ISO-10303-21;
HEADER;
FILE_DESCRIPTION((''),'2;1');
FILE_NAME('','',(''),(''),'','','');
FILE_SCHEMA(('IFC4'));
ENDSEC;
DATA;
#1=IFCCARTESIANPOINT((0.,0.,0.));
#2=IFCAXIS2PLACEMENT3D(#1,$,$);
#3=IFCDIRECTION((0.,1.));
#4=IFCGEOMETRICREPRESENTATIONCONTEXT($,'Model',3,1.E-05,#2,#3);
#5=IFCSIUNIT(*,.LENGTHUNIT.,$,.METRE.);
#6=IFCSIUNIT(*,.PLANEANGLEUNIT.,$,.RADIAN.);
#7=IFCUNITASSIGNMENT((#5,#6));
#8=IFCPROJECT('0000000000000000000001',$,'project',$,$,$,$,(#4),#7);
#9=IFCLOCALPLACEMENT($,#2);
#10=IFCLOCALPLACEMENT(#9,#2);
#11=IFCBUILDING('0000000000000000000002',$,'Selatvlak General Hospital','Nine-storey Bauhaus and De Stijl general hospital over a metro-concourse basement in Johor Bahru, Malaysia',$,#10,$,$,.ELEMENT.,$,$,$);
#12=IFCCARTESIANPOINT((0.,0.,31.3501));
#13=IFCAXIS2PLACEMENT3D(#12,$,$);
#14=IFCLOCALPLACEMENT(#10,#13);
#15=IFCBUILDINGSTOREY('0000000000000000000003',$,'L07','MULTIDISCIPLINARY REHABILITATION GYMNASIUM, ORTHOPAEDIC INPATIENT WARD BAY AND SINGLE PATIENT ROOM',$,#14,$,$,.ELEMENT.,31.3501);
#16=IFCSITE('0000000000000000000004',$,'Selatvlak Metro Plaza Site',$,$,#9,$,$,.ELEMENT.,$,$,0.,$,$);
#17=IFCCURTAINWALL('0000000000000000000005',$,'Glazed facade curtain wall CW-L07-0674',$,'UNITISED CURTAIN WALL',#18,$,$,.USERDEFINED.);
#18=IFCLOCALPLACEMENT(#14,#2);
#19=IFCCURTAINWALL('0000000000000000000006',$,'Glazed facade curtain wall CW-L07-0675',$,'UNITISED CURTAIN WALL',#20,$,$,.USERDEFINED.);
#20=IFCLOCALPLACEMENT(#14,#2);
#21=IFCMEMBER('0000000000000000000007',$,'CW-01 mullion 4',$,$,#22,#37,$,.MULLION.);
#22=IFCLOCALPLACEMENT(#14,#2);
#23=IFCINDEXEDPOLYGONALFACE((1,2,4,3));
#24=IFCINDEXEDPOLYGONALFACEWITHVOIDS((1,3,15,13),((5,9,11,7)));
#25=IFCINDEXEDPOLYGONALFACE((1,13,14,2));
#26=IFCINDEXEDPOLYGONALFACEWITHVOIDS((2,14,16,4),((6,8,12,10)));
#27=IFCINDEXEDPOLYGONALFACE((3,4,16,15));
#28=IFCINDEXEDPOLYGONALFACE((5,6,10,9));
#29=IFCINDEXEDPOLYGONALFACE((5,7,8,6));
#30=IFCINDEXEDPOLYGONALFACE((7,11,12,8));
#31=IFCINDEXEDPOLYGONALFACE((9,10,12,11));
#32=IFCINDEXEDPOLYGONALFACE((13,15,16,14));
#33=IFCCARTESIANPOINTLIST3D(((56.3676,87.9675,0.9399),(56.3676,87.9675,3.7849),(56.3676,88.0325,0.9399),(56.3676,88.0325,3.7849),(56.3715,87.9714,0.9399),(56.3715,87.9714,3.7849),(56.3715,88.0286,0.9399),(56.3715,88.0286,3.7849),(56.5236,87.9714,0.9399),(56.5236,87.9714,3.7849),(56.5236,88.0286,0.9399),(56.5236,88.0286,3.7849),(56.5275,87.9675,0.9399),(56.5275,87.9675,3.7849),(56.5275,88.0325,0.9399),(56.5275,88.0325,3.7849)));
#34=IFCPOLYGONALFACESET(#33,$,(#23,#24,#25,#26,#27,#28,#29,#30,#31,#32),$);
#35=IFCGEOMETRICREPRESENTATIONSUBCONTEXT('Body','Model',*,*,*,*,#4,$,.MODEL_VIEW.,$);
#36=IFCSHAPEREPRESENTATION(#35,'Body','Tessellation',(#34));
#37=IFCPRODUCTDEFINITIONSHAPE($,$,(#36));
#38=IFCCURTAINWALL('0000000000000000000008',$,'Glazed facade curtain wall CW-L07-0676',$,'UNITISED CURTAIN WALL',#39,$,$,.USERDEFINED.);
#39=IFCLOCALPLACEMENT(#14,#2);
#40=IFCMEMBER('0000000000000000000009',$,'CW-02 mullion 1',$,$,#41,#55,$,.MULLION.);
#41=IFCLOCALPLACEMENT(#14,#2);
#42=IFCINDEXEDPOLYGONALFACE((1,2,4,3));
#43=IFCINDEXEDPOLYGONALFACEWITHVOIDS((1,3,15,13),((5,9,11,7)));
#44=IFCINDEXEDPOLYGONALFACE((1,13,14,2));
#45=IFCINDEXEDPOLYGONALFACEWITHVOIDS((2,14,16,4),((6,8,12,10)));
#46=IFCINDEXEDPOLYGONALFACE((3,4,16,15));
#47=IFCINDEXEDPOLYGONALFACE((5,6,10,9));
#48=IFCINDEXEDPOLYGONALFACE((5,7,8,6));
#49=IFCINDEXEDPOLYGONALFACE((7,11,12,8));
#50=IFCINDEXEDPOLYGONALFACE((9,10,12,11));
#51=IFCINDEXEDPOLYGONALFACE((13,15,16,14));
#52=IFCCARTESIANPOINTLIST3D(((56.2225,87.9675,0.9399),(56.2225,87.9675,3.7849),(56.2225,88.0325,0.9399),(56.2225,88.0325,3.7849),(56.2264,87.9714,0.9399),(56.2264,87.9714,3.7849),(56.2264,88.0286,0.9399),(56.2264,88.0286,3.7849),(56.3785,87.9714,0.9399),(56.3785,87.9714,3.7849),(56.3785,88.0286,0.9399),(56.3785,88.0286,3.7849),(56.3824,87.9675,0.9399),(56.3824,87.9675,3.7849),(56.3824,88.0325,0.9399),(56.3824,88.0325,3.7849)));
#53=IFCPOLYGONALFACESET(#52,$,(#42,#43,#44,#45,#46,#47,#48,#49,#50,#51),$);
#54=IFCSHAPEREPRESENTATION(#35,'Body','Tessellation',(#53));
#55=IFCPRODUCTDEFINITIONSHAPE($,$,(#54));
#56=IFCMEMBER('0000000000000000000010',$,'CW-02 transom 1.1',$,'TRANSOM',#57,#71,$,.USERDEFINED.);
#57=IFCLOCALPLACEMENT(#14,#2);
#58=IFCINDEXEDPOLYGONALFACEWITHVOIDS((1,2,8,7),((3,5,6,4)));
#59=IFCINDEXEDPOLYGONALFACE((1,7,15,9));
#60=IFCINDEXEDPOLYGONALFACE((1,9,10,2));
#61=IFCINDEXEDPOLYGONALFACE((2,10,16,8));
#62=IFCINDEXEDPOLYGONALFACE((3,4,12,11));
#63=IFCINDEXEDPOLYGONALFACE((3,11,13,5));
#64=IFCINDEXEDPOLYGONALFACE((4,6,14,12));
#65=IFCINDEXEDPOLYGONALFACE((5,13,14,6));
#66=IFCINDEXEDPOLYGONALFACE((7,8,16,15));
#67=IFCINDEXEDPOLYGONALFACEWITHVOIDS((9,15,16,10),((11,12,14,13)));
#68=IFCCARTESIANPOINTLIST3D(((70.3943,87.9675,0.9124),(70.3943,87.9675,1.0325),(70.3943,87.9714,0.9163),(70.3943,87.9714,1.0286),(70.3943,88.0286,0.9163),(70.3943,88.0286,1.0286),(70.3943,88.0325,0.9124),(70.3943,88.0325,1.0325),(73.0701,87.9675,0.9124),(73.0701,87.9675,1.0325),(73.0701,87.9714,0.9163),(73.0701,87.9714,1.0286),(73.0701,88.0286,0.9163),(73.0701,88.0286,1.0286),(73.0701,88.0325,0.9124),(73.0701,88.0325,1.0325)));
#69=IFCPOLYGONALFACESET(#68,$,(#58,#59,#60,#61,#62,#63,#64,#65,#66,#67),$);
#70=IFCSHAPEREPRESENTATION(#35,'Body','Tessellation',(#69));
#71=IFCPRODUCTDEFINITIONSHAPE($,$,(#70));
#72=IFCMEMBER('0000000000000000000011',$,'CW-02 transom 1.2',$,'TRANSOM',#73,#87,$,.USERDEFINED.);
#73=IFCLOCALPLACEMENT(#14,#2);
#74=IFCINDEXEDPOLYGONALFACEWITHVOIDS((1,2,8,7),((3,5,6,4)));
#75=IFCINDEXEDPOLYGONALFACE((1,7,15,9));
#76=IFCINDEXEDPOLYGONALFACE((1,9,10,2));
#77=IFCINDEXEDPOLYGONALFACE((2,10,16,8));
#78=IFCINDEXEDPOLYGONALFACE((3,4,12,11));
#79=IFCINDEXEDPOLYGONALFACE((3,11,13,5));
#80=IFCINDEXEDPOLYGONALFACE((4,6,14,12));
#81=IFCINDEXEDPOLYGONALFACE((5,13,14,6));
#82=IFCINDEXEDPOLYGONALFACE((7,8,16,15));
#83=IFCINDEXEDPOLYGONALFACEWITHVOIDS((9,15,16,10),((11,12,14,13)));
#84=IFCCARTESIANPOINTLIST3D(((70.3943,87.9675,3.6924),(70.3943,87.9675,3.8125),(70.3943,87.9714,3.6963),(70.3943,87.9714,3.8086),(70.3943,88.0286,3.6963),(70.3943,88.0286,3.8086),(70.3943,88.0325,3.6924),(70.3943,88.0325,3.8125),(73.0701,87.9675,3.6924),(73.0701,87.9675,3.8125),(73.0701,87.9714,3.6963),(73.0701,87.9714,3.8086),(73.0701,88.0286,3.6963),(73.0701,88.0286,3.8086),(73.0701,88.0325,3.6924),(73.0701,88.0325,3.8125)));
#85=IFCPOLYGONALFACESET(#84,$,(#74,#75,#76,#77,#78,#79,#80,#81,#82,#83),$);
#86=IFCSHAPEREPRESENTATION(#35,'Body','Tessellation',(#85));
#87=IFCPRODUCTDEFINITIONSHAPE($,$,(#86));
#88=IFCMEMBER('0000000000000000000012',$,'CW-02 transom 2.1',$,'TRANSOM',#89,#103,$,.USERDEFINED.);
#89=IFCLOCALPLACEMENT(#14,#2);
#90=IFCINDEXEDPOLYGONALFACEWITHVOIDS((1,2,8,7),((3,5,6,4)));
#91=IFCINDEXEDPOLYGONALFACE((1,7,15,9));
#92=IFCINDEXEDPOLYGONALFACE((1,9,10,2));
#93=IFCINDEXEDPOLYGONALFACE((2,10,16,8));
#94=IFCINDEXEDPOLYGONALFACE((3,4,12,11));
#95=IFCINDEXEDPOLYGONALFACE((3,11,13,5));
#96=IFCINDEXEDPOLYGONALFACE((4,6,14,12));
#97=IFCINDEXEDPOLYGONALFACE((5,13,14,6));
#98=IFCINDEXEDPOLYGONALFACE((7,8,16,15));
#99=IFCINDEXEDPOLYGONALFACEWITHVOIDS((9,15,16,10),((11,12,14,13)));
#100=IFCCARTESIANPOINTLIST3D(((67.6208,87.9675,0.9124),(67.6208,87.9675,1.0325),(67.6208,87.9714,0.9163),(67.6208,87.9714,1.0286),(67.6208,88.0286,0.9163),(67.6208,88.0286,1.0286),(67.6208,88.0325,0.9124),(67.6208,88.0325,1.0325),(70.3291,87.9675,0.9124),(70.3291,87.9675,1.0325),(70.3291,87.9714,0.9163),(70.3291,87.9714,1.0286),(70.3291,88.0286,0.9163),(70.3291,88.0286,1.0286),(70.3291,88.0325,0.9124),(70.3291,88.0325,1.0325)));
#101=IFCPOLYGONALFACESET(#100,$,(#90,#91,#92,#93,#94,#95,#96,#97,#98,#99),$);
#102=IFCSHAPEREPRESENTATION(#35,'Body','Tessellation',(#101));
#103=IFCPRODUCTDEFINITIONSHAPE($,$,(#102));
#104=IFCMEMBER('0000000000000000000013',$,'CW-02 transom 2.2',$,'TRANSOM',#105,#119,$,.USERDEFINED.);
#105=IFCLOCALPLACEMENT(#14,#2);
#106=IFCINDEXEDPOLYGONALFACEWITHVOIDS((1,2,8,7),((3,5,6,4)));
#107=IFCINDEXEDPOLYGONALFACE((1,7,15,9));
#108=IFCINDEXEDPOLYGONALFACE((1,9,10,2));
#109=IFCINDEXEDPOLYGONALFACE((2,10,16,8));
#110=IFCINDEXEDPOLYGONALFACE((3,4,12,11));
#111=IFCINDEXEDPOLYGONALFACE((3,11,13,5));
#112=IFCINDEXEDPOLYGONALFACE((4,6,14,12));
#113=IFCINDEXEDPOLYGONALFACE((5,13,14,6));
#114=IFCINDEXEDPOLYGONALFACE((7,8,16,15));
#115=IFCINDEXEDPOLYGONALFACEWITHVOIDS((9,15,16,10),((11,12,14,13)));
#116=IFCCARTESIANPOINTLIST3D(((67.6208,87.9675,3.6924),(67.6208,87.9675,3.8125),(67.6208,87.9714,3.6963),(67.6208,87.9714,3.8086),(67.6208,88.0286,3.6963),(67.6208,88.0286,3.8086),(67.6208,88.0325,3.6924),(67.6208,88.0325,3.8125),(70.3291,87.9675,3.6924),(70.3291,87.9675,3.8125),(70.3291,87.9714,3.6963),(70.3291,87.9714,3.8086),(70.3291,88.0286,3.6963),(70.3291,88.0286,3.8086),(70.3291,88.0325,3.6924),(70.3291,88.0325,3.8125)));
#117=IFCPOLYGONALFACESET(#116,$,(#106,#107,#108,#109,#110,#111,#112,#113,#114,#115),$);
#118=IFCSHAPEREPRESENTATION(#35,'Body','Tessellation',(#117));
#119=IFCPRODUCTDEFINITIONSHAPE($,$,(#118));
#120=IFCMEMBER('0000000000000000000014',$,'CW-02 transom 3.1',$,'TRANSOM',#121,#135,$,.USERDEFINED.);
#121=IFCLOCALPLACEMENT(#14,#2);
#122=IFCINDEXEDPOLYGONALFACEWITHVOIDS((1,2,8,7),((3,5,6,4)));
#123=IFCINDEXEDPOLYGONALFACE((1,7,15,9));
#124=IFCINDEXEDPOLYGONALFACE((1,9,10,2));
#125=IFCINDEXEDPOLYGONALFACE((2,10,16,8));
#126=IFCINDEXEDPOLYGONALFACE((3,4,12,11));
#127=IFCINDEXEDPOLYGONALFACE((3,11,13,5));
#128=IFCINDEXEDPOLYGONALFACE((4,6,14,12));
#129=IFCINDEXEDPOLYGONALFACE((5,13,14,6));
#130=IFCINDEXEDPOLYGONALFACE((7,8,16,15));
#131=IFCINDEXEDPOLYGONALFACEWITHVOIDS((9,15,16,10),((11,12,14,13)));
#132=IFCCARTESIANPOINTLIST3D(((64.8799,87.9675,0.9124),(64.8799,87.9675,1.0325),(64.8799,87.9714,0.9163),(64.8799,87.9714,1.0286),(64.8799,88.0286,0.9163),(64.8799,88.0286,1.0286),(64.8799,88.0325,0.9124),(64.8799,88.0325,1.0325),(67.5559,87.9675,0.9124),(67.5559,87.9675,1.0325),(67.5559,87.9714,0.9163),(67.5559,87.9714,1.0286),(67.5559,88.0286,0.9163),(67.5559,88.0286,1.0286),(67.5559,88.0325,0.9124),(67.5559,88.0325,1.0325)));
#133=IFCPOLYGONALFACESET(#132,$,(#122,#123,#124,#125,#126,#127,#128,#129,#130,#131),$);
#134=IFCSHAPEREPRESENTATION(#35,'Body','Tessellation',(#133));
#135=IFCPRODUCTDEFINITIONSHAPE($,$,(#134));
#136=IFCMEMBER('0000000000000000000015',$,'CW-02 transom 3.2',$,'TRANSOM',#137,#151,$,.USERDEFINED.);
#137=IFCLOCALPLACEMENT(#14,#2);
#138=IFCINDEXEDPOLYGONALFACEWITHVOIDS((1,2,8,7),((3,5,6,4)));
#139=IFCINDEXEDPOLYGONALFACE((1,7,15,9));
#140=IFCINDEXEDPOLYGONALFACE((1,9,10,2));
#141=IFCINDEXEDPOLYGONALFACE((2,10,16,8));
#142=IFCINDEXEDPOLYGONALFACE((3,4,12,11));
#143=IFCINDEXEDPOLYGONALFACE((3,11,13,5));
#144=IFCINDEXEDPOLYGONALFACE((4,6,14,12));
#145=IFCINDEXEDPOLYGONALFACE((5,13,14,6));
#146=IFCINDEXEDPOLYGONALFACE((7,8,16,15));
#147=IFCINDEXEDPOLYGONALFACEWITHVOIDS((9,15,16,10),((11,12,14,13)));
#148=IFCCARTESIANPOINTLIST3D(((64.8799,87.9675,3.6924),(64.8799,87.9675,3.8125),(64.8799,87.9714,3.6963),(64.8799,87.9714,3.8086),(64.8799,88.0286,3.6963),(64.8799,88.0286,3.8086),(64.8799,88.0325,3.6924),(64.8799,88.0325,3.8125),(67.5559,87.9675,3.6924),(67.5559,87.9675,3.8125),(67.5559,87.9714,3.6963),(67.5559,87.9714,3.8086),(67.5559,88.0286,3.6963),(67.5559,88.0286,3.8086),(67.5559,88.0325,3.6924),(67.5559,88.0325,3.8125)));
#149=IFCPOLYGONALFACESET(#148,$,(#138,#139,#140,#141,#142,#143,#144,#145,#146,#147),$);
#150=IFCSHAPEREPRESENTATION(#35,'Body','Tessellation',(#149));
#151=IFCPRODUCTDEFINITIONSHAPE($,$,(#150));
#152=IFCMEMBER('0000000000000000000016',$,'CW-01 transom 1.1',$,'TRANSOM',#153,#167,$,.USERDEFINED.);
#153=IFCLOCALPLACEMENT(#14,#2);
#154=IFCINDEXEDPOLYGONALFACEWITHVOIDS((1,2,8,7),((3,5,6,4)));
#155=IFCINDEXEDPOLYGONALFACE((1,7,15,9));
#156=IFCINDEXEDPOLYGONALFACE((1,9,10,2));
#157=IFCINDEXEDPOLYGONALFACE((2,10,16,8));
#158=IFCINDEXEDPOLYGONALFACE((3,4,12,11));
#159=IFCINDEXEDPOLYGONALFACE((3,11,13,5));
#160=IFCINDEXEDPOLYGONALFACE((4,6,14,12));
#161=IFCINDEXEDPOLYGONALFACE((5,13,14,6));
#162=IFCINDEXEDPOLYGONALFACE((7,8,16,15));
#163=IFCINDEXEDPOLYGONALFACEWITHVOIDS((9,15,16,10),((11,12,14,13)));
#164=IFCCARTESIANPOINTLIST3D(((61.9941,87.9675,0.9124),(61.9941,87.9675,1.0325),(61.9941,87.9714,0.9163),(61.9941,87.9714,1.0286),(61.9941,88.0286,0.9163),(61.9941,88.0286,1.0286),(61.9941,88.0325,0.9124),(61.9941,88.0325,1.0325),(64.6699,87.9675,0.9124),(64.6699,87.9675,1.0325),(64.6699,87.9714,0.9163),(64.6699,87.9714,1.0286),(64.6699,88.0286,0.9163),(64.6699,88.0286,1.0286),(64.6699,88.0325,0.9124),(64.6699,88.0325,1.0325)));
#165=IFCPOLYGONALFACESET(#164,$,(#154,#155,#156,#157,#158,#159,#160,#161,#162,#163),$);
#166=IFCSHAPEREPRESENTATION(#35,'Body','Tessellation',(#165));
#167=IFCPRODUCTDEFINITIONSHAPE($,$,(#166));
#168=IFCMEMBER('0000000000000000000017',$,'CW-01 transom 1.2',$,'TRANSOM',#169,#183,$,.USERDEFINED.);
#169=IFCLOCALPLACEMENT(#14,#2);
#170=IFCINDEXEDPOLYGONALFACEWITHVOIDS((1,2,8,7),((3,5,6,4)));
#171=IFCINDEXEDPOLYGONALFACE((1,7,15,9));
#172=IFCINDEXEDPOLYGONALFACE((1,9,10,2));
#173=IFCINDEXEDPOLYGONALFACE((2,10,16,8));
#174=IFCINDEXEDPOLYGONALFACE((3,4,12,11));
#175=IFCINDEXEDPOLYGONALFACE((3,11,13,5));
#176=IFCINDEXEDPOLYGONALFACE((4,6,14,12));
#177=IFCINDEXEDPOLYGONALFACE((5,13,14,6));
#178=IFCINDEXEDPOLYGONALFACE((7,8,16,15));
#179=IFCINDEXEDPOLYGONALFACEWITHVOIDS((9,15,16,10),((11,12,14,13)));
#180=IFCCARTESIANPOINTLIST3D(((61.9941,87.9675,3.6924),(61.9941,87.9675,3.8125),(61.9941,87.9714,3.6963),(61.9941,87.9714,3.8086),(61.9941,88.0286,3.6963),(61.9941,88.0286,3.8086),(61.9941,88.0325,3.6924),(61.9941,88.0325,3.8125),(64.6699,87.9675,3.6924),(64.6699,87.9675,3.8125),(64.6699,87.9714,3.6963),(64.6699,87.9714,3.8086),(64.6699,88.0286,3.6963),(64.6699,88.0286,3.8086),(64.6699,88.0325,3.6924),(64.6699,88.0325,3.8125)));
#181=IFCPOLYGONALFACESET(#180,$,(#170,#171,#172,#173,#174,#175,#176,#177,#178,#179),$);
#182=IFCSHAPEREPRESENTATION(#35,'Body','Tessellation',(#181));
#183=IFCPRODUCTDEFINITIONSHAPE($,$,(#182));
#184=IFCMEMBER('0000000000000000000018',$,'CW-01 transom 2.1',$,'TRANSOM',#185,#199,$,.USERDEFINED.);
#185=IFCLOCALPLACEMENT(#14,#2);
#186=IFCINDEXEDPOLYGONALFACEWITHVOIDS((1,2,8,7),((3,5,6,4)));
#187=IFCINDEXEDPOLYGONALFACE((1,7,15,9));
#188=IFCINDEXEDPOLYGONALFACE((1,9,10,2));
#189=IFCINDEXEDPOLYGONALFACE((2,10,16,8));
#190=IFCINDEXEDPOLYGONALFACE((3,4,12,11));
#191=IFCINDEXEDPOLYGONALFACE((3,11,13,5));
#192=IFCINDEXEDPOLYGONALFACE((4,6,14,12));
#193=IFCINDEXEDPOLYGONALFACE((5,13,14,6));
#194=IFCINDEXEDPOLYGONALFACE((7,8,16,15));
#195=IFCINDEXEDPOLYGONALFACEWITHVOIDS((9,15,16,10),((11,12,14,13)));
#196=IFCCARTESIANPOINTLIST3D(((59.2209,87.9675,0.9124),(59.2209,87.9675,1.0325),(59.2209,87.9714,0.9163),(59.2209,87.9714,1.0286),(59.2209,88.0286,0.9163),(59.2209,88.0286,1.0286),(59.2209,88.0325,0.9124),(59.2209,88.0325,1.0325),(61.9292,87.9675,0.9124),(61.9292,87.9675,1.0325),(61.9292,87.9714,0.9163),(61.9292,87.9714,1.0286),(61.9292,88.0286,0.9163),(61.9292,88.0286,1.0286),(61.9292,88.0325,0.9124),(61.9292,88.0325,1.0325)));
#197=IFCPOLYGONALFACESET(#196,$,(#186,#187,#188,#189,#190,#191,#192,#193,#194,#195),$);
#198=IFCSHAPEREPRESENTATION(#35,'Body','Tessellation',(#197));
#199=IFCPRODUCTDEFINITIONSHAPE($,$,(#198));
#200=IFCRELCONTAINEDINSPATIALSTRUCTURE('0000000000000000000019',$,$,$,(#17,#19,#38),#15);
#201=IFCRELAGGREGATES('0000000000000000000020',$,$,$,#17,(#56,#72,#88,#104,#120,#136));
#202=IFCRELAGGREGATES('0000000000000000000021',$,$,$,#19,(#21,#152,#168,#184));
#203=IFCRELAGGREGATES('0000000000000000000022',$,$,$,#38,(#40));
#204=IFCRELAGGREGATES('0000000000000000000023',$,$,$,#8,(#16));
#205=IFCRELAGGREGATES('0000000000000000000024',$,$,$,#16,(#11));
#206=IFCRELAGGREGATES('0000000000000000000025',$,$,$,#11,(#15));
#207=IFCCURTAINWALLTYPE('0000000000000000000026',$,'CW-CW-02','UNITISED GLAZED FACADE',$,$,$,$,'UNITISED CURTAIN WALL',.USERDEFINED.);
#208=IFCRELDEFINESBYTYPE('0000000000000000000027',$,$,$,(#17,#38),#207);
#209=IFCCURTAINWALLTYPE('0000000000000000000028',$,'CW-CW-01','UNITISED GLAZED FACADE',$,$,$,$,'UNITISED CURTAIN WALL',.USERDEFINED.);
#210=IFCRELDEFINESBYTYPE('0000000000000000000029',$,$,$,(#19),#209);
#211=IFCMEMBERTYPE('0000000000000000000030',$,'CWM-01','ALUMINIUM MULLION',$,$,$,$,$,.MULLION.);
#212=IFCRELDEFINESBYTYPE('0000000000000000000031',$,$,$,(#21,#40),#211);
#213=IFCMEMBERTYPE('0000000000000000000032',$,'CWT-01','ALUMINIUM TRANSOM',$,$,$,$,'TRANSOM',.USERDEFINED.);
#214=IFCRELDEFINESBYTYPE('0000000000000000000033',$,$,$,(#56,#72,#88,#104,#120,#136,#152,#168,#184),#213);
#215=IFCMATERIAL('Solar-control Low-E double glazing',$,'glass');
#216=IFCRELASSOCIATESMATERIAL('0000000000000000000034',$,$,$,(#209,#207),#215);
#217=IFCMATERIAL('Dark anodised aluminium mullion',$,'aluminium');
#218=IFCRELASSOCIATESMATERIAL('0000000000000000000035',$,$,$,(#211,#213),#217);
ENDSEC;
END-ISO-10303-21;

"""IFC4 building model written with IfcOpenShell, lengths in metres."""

from ifc_helpers import new_model, si_unit, direction, frame, origin, origin_2d, place, context, subcontext, project, spatial, hollow_rectangle, extrude, material, material_profile, profile_set, type_object, element, aggregate, save


model = new_model("IFC4")

# Units and contexts
model_context = context("Model", 3, precision=1e-05, world=origin(), true_north=direction((0.0, 1.0)))
body_context = subcontext(model_context, "Body", "Model", "MODEL_VIEW")
ifc_project = project(units=[si_unit("LENGTHUNIT", "METRE"), si_unit("PLANEANGLEUNIT", "RADIAN")], contexts=[model_context])

# Site, building, storey
site_placement = place(None, origin())
site = spatial("IfcSite", under=ifc_project, at=site_placement, Name="Selatvlak Metro Plaza Site", CompositionType="ELEMENT", RefElevation=0.0)
building_placement = place(site_placement, origin())
building = spatial("IfcBuilding", under=site, at=building_placement, Name="Selatvlak General Hospital", Description="Nine-storey Bauhaus and De Stijl general hospital over a metro-concourse basement in Johor Bahru, Malaysia", CompositionType="ELEMENT")
storey_placement = place(building_placement, frame((0.0, 0.0, 31.3501)))
storey = spatial("IfcBuildingStorey", under=building, at=storey_placement, Name="L07", Description="MULTIDISCIPLINARY REHABILITATION GYMNASIUM, ORTHOPAEDIC INPATIENT WARD BAY AND SINGLE PATIENT ROOM", CompositionType="ELEMENT", Elevation=31.3501)

# Shared definitions
ifc_material_1 = material(Name="Solar-control Low-E double glazing", Category="glass")
curtain_wall_type_1 = type_object("IfcCurtainWallType", Name="CW-CW-01", Description="UNITISED GLAZED FACADE", ElementType="UNITISED CURTAIN WALL", PredefinedType="USERDEFINED", material=ifc_material_1)
ifc_material_2 = material(Name="Dark anodised aluminium mullion", Category="aluminium")
ifc_material_profile_1 = material_profile(ifc_material_2, hollow_rectangle(XDim=0.0649, YDim=0.1599, WallThickness=0.0039, at=origin_2d()), Name="AL-MUL 65x160x4")
ifc_profile_set_1 = profile_set([ifc_material_profile_1], Name="Dark anodised aluminium mullion")
member_type_1 = type_object("IfcMemberType", Name="CWM-01", Description="ALUMINIUM MULLION", PredefinedType="MULLION", material=ifc_profile_set_1)

# Curtain walls, member
curtain_wall_type_2 = type_object("IfcCurtainWallType", Name="CW-CW-02", Description="UNITISED GLAZED FACADE", ElementType="UNITISED CURTAIN WALL", PredefinedType="USERDEFINED", material=ifc_material_1)
curtain_wall_1_placement = place(storey_placement, origin())
curtain_wall_1 = element("IfcCurtainWall", 1, at=curtain_wall_1_placement, inside=storey, type_object=curtain_wall_type_2, Name="Glazed facade curtain wall CW-L07-0674", ObjectType="UNITISED CURTAIN WALL", PredefinedType="USERDEFINED")
curtain_wall_2_placement = place(storey_placement, origin())
curtain_wall_2 = element("IfcCurtainWall", 2, at=curtain_wall_2_placement, inside=storey, type_object=curtain_wall_type_1, Name="Glazed facade curtain wall CW-L07-0675", ObjectType="UNITISED CURTAIN WALL", PredefinedType="USERDEFINED")
member_1_placement = place(storey_placement, frame((56.4475, 88.0, 0.9399), z_axis=(0.0, 0.0, 1.0), x_axis=(0.0, -1.0, 0.0)))
member_1 = element("IfcMember", 3, at=member_1_placement, type_object=member_type_1, Name="CW-01 mullion 4", PredefinedType="MULLION", context=body_context, shape_type="SweptSolid", body=[
    extrude(hollow_rectangle(XDim=0.0649, YDim=0.1599, WallThickness=0.0039, at=origin_2d()), origin(), (0.0, 0.0, 1.0), 2.845),
])

# Curtain wall, member
curtain_wall_3_placement = place(storey_placement, origin())
curtain_wall_3 = element("IfcCurtainWall", 4, at=curtain_wall_3_placement, inside=storey, type_object=curtain_wall_type_2, Name="Glazed facade curtain wall CW-L07-0676", ObjectType="UNITISED CURTAIN WALL", PredefinedType="USERDEFINED")
member_2_placement = place(storey_placement, frame((56.3025, 88.0, 0.9399), z_axis=(0.0, 0.0, 1.0), x_axis=(0.0, -1.0, 0.0)))
member_2 = element("IfcMember", 5, at=member_2_placement, type_object=member_type_1, Name="CW-02 mullion 1", PredefinedType="MULLION", context=body_context, shape_type="SweptSolid", body=[
    extrude(hollow_rectangle(XDim=0.0649, YDim=0.1599, WallThickness=0.0039, at=origin_2d()), origin(), (0.0, 0.0, 1.0), 2.845),
])

# Members
ifc_material_profile_2 = material_profile(ifc_material_2, hollow_rectangle(XDim=0.0649, YDim=0.1201, WallThickness=0.0039, at=origin_2d()), Name="AL-TRN 65x120x4")
ifc_profile_set_2 = profile_set([ifc_material_profile_2], Name="Dark anodised aluminium mullion")
member_type_2 = type_object("IfcMemberType", Name="CWT-01", Description="ALUMINIUM TRANSOM", ElementType="TRANSOM", PredefinedType="USERDEFINED", material=ifc_profile_set_2)
member_3_placement = place(storey_placement, frame((73.0701, 88.0, 0.9724), z_axis=(-1.0, 0.0, 0.0), x_axis=(0.0, -1.0, 0.0)))
member_3 = element("IfcMember", 6, at=member_3_placement, type_object=member_type_2, Name="CW-02 transom 1.1", ObjectType="TRANSOM", PredefinedType="USERDEFINED", context=body_context, shape_type="SweptSolid", body=[
    extrude(hollow_rectangle(XDim=0.0649, YDim=0.1201, WallThickness=0.0039, at=origin_2d()), origin(), (0.0, 0.0, 1.0), 2.6758),
])
member_4_placement = place(storey_placement, frame((73.0701, 88.0, 3.7524), z_axis=(-1.0, 0.0, 0.0), x_axis=(0.0, -1.0, 0.0)))
member_4 = element("IfcMember", 7, at=member_4_placement, type_object=member_type_2, Name="CW-02 transom 1.2", ObjectType="TRANSOM", PredefinedType="USERDEFINED", context=body_context, shape_type="SweptSolid", body=[
    extrude(hollow_rectangle(XDim=0.0649, YDim=0.1201, WallThickness=0.0039, at=origin_2d()), origin(), (0.0, 0.0, 1.0), 2.6758),
])
member_5_placement = place(storey_placement, frame((70.3291, 88.0, 0.9724), z_axis=(-1.0, 0.0, 0.0), x_axis=(0.0, -1.0, 0.0)))
member_5 = element("IfcMember", 8, at=member_5_placement, type_object=member_type_2, Name="CW-02 transom 2.1", ObjectType="TRANSOM", PredefinedType="USERDEFINED", context=body_context, shape_type="SweptSolid", body=[
    extrude(hollow_rectangle(XDim=0.0649, YDim=0.1201, WallThickness=0.0039, at=origin_2d()), origin(), (0.0, 0.0, 1.0), 2.7083),
])
member_6_placement = place(storey_placement, frame((70.3291, 88.0, 3.7524), z_axis=(-1.0, 0.0, 0.0), x_axis=(0.0, -1.0, 0.0)))
member_6 = element("IfcMember", 9, at=member_6_placement, type_object=member_type_2, Name="CW-02 transom 2.2", ObjectType="TRANSOM", PredefinedType="USERDEFINED", context=body_context, shape_type="SweptSolid", body=[
    extrude(hollow_rectangle(XDim=0.0649, YDim=0.1201, WallThickness=0.0039, at=origin_2d()), origin(), (0.0, 0.0, 1.0), 2.7083),
])
member_7_placement = place(storey_placement, frame((67.5559, 88.0, 0.9724), z_axis=(-1.0, 0.0, 0.0), x_axis=(0.0, -1.0, 0.0)))
member_7 = element("IfcMember", 10, at=member_7_placement, type_object=member_type_2, Name="CW-02 transom 3.1", ObjectType="TRANSOM", PredefinedType="USERDEFINED", context=body_context, shape_type="SweptSolid", body=[
    extrude(hollow_rectangle(XDim=0.0649, YDim=0.1201, WallThickness=0.0039, at=origin_2d()), origin(), (0.0, 0.0, 1.0), 2.676),
])
member_8_placement = place(storey_placement, frame((67.5559, 88.0, 3.7524), z_axis=(-1.0, 0.0, 0.0), x_axis=(0.0, -1.0, 0.0)))
member_8 = element("IfcMember", 11, at=member_8_placement, type_object=member_type_2, Name="CW-02 transom 3.2", ObjectType="TRANSOM", PredefinedType="USERDEFINED", context=body_context, shape_type="SweptSolid", body=[
    extrude(hollow_rectangle(XDim=0.0649, YDim=0.1201, WallThickness=0.0039, at=origin_2d()), origin(), (0.0, 0.0, 1.0), 2.676),
])
member_9_placement = place(storey_placement, frame((64.6699, 88.0, 0.9724), z_axis=(-1.0, 0.0, 0.0), x_axis=(0.0, -1.0, 0.0)))
member_9 = element("IfcMember", 12, at=member_9_placement, type_object=member_type_2, Name="CW-01 transom 1.1", ObjectType="TRANSOM", PredefinedType="USERDEFINED", context=body_context, shape_type="SweptSolid", body=[
    extrude(hollow_rectangle(XDim=0.0649, YDim=0.1201, WallThickness=0.0039, at=origin_2d()), origin(), (0.0, 0.0, 1.0), 2.6758),
])
member_10_placement = place(storey_placement, frame((64.6699, 88.0, 3.7524), z_axis=(-1.0, 0.0, 0.0), x_axis=(0.0, -1.0, 0.0)))
member_10 = element("IfcMember", 13, at=member_10_placement, type_object=member_type_2, Name="CW-01 transom 1.2", ObjectType="TRANSOM", PredefinedType="USERDEFINED", context=body_context, shape_type="SweptSolid", body=[
    extrude(hollow_rectangle(XDim=0.0649, YDim=0.1201, WallThickness=0.0039, at=origin_2d()), origin(), (0.0, 0.0, 1.0), 2.6758),
])
member_11_placement = place(storey_placement, frame((61.9292, 88.0, 0.9724), z_axis=(-1.0, 0.0, 0.0), x_axis=(0.0, -1.0, 0.0)))
member_11 = element("IfcMember", 14, at=member_11_placement, type_object=member_type_2, Name="CW-01 transom 2.1", ObjectType="TRANSOM", PredefinedType="USERDEFINED", context=body_context, shape_type="SweptSolid", body=[
    extrude(hollow_rectangle(XDim=0.0649, YDim=0.1201, WallThickness=0.0039, at=origin_2d()), origin(), (0.0, 0.0, 1.0), 2.7083),
])

aggregate(curtain_wall_1, [member_3, member_4, member_5, member_6, member_7, member_8])
aggregate(curtain_wall_2, [member_1, member_9, member_10, member_11])
aggregate(curtain_wall_3, [member_2])

save(model, "model.ifc")
